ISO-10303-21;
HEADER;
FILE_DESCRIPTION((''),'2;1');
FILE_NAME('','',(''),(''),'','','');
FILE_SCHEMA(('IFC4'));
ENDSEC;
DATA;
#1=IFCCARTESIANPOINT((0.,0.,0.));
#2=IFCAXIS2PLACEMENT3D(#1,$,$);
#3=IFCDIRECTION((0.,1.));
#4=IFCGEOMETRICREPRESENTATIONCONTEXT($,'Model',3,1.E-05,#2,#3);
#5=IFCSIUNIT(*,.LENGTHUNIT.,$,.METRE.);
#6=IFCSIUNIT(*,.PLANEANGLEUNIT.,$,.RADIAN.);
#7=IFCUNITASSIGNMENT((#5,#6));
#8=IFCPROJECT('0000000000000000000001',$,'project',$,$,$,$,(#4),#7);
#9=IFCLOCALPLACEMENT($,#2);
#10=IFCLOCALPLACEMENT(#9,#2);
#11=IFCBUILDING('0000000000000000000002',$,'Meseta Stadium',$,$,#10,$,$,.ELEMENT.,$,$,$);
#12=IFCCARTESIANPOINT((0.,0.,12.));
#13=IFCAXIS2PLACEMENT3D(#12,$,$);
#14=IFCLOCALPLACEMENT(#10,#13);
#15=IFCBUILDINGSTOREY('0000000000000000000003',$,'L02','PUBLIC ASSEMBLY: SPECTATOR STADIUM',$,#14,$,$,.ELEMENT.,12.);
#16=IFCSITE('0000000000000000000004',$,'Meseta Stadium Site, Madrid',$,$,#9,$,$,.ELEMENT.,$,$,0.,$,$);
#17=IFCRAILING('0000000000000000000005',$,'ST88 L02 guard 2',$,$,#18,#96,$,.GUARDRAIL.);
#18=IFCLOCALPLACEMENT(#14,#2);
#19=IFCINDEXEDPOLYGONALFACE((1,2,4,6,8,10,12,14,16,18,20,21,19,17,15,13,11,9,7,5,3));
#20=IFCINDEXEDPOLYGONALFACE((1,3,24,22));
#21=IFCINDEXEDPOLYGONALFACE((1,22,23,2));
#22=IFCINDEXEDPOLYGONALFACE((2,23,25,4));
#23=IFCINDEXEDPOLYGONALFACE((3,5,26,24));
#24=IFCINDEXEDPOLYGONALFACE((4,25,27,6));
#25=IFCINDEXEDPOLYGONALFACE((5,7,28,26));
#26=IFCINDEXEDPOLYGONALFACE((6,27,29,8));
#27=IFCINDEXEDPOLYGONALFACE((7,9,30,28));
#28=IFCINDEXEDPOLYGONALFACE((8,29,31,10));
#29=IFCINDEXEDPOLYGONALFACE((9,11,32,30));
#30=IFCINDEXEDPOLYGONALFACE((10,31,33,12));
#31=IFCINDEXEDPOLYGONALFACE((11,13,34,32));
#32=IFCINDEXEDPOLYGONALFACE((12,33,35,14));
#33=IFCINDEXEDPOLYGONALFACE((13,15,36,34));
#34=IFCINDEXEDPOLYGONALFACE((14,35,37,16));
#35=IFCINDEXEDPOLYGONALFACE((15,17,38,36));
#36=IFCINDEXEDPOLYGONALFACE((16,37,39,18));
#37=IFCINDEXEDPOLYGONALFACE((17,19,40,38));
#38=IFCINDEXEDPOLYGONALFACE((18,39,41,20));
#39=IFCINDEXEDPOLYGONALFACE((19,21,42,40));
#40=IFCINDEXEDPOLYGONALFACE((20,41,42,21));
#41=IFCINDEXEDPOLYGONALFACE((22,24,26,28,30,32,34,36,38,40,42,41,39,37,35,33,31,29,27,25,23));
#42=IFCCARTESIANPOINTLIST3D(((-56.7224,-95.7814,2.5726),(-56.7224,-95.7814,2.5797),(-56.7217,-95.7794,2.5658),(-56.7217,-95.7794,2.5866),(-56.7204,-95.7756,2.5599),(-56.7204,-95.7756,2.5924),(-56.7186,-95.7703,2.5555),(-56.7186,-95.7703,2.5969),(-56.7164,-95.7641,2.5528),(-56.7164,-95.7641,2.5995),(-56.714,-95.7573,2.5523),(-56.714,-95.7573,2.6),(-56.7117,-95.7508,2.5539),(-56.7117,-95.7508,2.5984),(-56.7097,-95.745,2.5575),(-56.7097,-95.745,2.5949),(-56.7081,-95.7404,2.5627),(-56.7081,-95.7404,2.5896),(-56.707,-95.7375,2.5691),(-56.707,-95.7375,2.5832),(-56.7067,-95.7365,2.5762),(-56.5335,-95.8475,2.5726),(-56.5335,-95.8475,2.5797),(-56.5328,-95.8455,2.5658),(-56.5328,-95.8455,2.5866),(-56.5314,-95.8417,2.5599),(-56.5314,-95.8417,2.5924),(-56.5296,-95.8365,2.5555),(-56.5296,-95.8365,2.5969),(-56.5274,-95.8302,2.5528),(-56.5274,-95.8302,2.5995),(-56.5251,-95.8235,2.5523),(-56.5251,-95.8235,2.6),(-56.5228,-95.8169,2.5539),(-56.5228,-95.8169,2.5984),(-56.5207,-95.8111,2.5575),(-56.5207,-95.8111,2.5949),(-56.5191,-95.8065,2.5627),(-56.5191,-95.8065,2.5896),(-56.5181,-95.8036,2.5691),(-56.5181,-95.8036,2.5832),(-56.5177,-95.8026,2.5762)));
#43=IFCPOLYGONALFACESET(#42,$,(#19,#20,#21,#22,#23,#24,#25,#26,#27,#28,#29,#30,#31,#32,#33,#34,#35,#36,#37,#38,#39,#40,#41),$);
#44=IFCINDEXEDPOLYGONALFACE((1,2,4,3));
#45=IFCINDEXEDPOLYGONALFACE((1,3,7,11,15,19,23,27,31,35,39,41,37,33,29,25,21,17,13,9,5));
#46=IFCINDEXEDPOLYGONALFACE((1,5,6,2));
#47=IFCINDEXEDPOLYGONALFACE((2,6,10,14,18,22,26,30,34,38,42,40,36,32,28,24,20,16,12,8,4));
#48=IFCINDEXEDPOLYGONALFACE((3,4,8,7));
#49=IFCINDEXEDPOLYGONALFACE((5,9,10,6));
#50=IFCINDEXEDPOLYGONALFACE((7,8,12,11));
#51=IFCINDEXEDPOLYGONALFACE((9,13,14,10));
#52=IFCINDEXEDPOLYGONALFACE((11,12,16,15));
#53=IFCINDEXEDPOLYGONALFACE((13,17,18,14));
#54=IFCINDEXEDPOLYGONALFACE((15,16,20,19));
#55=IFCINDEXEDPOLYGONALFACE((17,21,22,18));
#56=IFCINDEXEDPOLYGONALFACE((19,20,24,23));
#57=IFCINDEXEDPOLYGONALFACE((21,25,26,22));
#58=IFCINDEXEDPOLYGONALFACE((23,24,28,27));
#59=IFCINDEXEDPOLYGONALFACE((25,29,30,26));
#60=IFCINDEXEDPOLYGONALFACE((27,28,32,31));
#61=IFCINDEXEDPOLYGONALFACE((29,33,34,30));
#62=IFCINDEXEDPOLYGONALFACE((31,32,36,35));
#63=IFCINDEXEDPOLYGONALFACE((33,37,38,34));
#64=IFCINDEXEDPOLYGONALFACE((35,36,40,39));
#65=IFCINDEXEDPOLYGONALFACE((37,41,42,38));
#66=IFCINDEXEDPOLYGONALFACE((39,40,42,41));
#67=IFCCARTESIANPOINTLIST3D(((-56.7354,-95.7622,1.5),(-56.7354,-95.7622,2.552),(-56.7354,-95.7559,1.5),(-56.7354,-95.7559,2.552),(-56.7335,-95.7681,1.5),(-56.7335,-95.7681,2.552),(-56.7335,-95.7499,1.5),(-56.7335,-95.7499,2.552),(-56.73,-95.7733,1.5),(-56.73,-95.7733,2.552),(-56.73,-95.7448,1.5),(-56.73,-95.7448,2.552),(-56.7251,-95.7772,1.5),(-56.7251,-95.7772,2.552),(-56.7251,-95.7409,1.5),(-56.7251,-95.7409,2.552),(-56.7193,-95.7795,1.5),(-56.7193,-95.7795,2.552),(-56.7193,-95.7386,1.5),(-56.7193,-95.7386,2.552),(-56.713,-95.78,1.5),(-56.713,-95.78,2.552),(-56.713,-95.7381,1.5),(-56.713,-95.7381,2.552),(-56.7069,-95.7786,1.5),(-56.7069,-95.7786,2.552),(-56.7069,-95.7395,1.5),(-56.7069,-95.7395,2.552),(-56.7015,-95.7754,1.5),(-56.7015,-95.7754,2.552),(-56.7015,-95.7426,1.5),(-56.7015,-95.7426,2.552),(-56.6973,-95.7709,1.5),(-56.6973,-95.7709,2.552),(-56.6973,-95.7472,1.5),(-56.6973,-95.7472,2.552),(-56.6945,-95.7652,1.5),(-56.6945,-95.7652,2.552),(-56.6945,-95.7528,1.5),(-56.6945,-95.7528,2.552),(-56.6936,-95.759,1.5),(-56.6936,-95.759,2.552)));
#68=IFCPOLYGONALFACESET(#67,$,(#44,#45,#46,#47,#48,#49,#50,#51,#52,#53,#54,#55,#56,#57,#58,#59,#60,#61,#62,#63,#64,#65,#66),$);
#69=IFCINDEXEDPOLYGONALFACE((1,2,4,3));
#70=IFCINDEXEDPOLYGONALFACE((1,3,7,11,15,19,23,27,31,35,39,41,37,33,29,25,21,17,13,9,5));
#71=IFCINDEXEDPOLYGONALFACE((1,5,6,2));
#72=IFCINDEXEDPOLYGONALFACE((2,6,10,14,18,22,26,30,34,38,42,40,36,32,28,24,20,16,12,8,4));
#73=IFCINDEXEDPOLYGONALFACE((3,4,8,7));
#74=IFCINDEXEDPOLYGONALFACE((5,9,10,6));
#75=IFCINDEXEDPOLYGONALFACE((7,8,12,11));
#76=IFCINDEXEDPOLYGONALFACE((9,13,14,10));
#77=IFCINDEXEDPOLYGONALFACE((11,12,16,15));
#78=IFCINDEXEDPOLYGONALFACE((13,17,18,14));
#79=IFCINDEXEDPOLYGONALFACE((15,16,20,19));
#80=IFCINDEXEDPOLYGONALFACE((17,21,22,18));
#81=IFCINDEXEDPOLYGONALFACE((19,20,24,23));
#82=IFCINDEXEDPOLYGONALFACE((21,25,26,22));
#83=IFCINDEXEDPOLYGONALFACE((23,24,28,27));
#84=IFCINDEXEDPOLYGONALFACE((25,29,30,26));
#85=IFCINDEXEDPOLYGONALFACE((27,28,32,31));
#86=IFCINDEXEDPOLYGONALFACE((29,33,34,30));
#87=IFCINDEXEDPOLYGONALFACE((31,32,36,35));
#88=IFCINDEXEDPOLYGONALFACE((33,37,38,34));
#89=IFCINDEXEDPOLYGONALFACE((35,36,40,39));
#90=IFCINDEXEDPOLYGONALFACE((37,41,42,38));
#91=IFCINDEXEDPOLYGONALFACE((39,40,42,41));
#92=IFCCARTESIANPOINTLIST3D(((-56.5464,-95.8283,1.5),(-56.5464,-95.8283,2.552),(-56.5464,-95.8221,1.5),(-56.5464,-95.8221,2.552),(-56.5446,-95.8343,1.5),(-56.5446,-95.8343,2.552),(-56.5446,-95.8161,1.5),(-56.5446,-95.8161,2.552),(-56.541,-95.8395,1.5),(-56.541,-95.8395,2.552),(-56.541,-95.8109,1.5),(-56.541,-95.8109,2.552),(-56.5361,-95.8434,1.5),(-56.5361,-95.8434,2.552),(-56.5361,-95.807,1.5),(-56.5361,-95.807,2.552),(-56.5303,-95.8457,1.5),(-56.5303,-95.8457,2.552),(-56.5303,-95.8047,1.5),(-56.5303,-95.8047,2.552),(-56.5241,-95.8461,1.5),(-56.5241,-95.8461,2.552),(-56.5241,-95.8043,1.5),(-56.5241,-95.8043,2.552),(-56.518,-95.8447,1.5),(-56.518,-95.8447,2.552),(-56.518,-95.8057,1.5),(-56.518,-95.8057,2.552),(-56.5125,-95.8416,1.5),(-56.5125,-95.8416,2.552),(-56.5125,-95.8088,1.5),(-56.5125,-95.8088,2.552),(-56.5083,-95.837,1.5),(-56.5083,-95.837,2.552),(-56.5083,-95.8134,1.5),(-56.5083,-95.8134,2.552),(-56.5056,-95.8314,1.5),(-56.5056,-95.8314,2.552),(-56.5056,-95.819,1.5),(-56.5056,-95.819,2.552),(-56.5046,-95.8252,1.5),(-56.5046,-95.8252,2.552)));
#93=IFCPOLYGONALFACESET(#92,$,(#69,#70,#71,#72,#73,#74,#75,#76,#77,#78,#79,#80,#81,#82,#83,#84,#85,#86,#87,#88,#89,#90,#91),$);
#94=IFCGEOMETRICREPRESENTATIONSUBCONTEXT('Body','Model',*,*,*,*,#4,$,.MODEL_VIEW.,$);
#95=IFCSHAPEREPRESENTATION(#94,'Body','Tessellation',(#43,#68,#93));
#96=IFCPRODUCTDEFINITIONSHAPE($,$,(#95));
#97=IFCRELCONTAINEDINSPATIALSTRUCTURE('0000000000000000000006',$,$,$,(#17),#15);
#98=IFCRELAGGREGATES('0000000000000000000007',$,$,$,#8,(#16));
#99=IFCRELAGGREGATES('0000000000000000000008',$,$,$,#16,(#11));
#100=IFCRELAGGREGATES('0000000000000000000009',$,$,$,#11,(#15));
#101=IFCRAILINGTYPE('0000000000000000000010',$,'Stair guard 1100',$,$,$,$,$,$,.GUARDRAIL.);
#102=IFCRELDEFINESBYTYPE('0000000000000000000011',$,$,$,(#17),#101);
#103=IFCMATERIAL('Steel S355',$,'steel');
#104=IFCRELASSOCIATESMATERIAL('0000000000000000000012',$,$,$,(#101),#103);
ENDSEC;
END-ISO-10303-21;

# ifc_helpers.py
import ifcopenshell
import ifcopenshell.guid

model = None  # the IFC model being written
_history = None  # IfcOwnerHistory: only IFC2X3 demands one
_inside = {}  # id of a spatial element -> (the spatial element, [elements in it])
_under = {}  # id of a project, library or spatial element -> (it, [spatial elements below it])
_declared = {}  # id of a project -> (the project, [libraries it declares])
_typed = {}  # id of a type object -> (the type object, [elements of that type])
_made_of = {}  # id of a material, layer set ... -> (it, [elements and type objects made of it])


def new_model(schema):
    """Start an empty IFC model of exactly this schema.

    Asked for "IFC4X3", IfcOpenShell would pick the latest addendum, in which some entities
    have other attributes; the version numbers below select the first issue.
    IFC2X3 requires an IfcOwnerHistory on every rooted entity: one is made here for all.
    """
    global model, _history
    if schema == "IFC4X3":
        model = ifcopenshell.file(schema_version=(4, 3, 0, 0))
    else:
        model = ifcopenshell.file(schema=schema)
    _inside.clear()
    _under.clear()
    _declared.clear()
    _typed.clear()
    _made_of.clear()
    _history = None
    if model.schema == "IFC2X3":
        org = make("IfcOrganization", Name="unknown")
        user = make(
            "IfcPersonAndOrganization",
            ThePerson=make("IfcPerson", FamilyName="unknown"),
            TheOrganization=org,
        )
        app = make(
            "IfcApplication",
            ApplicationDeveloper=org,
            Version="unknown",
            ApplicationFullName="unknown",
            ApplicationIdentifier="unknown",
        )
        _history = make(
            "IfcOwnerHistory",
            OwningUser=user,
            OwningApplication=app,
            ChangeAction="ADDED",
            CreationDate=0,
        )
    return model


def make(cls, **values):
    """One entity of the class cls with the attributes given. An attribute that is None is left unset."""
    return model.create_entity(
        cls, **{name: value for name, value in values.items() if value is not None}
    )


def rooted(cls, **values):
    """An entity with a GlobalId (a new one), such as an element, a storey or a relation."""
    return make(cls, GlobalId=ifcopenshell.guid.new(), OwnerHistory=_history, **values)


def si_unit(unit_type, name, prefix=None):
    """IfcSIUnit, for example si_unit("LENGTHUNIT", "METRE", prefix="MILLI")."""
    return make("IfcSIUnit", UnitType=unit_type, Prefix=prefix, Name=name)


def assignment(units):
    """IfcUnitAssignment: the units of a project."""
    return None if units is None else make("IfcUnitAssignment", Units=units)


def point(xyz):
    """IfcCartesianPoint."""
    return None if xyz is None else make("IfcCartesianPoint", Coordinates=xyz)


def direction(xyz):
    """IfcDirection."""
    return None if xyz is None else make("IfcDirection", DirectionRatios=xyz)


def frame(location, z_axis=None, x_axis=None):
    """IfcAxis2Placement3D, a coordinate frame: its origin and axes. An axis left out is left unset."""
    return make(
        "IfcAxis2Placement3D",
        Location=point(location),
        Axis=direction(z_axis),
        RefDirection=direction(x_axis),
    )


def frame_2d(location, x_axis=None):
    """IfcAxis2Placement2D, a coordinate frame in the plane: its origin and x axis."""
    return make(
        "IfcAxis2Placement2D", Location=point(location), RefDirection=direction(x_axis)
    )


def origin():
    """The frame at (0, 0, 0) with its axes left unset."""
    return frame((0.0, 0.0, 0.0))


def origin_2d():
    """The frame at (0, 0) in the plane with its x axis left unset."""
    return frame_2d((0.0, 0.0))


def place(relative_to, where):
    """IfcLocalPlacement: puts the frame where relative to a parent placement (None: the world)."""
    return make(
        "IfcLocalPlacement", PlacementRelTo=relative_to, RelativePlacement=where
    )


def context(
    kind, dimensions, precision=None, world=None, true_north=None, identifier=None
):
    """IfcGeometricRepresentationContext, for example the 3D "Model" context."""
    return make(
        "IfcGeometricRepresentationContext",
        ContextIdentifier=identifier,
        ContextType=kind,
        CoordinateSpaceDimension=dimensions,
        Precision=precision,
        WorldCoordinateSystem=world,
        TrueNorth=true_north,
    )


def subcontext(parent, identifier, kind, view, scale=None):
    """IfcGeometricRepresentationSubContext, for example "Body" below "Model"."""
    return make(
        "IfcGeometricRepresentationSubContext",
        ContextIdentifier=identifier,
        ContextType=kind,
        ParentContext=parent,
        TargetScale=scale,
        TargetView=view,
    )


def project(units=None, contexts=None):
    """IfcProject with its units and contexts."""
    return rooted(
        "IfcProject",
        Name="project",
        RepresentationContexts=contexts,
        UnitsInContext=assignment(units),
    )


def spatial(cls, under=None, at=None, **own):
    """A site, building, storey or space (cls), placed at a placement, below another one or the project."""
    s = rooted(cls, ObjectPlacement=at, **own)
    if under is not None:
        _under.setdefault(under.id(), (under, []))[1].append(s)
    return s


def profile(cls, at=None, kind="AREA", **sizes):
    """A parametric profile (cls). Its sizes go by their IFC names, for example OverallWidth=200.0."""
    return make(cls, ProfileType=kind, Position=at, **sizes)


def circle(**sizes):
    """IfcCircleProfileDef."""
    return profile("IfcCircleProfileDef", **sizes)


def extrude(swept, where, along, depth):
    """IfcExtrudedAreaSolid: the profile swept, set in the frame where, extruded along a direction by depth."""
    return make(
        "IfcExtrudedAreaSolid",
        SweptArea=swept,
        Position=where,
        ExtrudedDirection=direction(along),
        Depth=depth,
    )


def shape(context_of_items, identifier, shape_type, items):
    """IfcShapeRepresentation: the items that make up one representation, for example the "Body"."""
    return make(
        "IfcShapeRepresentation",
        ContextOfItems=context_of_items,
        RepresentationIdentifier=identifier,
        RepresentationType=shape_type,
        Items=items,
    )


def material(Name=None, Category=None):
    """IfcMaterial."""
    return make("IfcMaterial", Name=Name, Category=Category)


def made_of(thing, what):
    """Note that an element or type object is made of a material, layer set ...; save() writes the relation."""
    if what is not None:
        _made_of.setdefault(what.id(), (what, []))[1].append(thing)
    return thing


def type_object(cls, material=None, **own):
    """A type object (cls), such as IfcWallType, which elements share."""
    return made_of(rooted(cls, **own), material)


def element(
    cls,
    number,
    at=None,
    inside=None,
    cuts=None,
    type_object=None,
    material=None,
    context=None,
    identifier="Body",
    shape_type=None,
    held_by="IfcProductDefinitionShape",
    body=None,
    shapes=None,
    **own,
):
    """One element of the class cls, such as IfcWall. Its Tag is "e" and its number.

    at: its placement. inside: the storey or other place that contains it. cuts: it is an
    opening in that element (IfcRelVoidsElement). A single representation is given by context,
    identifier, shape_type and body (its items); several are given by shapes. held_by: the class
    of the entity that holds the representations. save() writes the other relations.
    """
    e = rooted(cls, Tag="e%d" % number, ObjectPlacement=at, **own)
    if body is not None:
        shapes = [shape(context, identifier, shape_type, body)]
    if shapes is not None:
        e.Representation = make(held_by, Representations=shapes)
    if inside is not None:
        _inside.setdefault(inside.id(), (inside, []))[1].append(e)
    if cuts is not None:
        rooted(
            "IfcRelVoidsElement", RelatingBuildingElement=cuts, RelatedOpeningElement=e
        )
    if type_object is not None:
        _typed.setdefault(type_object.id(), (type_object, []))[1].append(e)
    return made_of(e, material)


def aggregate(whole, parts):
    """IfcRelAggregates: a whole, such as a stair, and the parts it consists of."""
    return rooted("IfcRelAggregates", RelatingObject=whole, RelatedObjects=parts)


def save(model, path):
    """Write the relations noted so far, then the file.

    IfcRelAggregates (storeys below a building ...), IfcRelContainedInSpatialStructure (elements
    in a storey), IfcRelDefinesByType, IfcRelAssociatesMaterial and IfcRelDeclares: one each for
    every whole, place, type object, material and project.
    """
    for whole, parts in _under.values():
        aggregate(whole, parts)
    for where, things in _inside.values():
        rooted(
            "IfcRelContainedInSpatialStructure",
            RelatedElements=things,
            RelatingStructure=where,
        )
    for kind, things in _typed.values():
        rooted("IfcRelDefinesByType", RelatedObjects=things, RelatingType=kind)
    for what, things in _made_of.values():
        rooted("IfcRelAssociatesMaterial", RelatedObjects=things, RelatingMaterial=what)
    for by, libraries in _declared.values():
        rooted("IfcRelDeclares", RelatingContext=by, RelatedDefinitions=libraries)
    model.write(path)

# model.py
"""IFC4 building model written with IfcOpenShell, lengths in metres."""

from ifc_helpers import new_model, si_unit, direction, frame, origin, origin_2d, place, context, subcontext, project, spatial, circle, extrude, material, type_object, element, save


model = new_model("IFC4")

# Units and contexts
model_context = context("Model", 3, precision=1e-05, world=origin(), true_north=direction((0.0, 1.0)))
body_context = subcontext(model_context, "Body", "Model", "MODEL_VIEW")
ifc_project = project(units=[si_unit("LENGTHUNIT", "METRE"), si_unit("PLANEANGLEUNIT", "RADIAN")], contexts=[model_context])

# Site, building, storey
site_placement = place(None, origin())
site = spatial("IfcSite", under=ifc_project, at=site_placement, Name="Meseta Stadium Site, Madrid", CompositionType="ELEMENT", RefElevation=0.0)
building_placement = place(site_placement, origin())
building = spatial("IfcBuilding", under=site, at=building_placement, Name="Meseta Stadium", CompositionType="ELEMENT")
storey_placement = place(building_placement, frame((0.0, 0.0, 12.0)))
storey = spatial("IfcBuildingStorey", under=building, at=storey_placement, Name="L02", Description="PUBLIC ASSEMBLY: SPECTATOR STADIUM", CompositionType="ELEMENT", Elevation=12.0)

# Railing
ifc_material_1 = material(Name="Steel S355", Category="steel")
railing_type_1 = type_object("IfcRailingType", Name="Stair guard 1100", PredefinedType="GUARDRAIL", material=ifc_material_1)
railing_1_placement = place(storey_placement, frame((-56.7146, -95.759, 1.5)))
element("IfcRailing", 1, at=railing_1_placement, inside=storey, type_object=railing_type_1, Name="ST88 L02 guard 2", PredefinedType="GUARDRAIL", context=body_context, shape_type="SweptSolid", body=[
    extrude(circle(Radius=0.0239, at=origin_2d()), frame((0.0, 0.0, 1.0762), z_axis=(0.94382, -0.330459, 0.0), x_axis=(0.330459, 0.94382, 0.0)), (0.0, 0.0, 1.0), 0.2002),
    extrude(circle(Radius=0.021, at=origin_2d()), origin(), (0.0, 0.0, 1.0), 1.052),
    extrude(circle(Radius=0.021, at=origin_2d()), frame((0.189, -0.0662, 0.0)), (0.0, 0.0, 1.0), 1.052),
])

save(model, "model.ifc")
